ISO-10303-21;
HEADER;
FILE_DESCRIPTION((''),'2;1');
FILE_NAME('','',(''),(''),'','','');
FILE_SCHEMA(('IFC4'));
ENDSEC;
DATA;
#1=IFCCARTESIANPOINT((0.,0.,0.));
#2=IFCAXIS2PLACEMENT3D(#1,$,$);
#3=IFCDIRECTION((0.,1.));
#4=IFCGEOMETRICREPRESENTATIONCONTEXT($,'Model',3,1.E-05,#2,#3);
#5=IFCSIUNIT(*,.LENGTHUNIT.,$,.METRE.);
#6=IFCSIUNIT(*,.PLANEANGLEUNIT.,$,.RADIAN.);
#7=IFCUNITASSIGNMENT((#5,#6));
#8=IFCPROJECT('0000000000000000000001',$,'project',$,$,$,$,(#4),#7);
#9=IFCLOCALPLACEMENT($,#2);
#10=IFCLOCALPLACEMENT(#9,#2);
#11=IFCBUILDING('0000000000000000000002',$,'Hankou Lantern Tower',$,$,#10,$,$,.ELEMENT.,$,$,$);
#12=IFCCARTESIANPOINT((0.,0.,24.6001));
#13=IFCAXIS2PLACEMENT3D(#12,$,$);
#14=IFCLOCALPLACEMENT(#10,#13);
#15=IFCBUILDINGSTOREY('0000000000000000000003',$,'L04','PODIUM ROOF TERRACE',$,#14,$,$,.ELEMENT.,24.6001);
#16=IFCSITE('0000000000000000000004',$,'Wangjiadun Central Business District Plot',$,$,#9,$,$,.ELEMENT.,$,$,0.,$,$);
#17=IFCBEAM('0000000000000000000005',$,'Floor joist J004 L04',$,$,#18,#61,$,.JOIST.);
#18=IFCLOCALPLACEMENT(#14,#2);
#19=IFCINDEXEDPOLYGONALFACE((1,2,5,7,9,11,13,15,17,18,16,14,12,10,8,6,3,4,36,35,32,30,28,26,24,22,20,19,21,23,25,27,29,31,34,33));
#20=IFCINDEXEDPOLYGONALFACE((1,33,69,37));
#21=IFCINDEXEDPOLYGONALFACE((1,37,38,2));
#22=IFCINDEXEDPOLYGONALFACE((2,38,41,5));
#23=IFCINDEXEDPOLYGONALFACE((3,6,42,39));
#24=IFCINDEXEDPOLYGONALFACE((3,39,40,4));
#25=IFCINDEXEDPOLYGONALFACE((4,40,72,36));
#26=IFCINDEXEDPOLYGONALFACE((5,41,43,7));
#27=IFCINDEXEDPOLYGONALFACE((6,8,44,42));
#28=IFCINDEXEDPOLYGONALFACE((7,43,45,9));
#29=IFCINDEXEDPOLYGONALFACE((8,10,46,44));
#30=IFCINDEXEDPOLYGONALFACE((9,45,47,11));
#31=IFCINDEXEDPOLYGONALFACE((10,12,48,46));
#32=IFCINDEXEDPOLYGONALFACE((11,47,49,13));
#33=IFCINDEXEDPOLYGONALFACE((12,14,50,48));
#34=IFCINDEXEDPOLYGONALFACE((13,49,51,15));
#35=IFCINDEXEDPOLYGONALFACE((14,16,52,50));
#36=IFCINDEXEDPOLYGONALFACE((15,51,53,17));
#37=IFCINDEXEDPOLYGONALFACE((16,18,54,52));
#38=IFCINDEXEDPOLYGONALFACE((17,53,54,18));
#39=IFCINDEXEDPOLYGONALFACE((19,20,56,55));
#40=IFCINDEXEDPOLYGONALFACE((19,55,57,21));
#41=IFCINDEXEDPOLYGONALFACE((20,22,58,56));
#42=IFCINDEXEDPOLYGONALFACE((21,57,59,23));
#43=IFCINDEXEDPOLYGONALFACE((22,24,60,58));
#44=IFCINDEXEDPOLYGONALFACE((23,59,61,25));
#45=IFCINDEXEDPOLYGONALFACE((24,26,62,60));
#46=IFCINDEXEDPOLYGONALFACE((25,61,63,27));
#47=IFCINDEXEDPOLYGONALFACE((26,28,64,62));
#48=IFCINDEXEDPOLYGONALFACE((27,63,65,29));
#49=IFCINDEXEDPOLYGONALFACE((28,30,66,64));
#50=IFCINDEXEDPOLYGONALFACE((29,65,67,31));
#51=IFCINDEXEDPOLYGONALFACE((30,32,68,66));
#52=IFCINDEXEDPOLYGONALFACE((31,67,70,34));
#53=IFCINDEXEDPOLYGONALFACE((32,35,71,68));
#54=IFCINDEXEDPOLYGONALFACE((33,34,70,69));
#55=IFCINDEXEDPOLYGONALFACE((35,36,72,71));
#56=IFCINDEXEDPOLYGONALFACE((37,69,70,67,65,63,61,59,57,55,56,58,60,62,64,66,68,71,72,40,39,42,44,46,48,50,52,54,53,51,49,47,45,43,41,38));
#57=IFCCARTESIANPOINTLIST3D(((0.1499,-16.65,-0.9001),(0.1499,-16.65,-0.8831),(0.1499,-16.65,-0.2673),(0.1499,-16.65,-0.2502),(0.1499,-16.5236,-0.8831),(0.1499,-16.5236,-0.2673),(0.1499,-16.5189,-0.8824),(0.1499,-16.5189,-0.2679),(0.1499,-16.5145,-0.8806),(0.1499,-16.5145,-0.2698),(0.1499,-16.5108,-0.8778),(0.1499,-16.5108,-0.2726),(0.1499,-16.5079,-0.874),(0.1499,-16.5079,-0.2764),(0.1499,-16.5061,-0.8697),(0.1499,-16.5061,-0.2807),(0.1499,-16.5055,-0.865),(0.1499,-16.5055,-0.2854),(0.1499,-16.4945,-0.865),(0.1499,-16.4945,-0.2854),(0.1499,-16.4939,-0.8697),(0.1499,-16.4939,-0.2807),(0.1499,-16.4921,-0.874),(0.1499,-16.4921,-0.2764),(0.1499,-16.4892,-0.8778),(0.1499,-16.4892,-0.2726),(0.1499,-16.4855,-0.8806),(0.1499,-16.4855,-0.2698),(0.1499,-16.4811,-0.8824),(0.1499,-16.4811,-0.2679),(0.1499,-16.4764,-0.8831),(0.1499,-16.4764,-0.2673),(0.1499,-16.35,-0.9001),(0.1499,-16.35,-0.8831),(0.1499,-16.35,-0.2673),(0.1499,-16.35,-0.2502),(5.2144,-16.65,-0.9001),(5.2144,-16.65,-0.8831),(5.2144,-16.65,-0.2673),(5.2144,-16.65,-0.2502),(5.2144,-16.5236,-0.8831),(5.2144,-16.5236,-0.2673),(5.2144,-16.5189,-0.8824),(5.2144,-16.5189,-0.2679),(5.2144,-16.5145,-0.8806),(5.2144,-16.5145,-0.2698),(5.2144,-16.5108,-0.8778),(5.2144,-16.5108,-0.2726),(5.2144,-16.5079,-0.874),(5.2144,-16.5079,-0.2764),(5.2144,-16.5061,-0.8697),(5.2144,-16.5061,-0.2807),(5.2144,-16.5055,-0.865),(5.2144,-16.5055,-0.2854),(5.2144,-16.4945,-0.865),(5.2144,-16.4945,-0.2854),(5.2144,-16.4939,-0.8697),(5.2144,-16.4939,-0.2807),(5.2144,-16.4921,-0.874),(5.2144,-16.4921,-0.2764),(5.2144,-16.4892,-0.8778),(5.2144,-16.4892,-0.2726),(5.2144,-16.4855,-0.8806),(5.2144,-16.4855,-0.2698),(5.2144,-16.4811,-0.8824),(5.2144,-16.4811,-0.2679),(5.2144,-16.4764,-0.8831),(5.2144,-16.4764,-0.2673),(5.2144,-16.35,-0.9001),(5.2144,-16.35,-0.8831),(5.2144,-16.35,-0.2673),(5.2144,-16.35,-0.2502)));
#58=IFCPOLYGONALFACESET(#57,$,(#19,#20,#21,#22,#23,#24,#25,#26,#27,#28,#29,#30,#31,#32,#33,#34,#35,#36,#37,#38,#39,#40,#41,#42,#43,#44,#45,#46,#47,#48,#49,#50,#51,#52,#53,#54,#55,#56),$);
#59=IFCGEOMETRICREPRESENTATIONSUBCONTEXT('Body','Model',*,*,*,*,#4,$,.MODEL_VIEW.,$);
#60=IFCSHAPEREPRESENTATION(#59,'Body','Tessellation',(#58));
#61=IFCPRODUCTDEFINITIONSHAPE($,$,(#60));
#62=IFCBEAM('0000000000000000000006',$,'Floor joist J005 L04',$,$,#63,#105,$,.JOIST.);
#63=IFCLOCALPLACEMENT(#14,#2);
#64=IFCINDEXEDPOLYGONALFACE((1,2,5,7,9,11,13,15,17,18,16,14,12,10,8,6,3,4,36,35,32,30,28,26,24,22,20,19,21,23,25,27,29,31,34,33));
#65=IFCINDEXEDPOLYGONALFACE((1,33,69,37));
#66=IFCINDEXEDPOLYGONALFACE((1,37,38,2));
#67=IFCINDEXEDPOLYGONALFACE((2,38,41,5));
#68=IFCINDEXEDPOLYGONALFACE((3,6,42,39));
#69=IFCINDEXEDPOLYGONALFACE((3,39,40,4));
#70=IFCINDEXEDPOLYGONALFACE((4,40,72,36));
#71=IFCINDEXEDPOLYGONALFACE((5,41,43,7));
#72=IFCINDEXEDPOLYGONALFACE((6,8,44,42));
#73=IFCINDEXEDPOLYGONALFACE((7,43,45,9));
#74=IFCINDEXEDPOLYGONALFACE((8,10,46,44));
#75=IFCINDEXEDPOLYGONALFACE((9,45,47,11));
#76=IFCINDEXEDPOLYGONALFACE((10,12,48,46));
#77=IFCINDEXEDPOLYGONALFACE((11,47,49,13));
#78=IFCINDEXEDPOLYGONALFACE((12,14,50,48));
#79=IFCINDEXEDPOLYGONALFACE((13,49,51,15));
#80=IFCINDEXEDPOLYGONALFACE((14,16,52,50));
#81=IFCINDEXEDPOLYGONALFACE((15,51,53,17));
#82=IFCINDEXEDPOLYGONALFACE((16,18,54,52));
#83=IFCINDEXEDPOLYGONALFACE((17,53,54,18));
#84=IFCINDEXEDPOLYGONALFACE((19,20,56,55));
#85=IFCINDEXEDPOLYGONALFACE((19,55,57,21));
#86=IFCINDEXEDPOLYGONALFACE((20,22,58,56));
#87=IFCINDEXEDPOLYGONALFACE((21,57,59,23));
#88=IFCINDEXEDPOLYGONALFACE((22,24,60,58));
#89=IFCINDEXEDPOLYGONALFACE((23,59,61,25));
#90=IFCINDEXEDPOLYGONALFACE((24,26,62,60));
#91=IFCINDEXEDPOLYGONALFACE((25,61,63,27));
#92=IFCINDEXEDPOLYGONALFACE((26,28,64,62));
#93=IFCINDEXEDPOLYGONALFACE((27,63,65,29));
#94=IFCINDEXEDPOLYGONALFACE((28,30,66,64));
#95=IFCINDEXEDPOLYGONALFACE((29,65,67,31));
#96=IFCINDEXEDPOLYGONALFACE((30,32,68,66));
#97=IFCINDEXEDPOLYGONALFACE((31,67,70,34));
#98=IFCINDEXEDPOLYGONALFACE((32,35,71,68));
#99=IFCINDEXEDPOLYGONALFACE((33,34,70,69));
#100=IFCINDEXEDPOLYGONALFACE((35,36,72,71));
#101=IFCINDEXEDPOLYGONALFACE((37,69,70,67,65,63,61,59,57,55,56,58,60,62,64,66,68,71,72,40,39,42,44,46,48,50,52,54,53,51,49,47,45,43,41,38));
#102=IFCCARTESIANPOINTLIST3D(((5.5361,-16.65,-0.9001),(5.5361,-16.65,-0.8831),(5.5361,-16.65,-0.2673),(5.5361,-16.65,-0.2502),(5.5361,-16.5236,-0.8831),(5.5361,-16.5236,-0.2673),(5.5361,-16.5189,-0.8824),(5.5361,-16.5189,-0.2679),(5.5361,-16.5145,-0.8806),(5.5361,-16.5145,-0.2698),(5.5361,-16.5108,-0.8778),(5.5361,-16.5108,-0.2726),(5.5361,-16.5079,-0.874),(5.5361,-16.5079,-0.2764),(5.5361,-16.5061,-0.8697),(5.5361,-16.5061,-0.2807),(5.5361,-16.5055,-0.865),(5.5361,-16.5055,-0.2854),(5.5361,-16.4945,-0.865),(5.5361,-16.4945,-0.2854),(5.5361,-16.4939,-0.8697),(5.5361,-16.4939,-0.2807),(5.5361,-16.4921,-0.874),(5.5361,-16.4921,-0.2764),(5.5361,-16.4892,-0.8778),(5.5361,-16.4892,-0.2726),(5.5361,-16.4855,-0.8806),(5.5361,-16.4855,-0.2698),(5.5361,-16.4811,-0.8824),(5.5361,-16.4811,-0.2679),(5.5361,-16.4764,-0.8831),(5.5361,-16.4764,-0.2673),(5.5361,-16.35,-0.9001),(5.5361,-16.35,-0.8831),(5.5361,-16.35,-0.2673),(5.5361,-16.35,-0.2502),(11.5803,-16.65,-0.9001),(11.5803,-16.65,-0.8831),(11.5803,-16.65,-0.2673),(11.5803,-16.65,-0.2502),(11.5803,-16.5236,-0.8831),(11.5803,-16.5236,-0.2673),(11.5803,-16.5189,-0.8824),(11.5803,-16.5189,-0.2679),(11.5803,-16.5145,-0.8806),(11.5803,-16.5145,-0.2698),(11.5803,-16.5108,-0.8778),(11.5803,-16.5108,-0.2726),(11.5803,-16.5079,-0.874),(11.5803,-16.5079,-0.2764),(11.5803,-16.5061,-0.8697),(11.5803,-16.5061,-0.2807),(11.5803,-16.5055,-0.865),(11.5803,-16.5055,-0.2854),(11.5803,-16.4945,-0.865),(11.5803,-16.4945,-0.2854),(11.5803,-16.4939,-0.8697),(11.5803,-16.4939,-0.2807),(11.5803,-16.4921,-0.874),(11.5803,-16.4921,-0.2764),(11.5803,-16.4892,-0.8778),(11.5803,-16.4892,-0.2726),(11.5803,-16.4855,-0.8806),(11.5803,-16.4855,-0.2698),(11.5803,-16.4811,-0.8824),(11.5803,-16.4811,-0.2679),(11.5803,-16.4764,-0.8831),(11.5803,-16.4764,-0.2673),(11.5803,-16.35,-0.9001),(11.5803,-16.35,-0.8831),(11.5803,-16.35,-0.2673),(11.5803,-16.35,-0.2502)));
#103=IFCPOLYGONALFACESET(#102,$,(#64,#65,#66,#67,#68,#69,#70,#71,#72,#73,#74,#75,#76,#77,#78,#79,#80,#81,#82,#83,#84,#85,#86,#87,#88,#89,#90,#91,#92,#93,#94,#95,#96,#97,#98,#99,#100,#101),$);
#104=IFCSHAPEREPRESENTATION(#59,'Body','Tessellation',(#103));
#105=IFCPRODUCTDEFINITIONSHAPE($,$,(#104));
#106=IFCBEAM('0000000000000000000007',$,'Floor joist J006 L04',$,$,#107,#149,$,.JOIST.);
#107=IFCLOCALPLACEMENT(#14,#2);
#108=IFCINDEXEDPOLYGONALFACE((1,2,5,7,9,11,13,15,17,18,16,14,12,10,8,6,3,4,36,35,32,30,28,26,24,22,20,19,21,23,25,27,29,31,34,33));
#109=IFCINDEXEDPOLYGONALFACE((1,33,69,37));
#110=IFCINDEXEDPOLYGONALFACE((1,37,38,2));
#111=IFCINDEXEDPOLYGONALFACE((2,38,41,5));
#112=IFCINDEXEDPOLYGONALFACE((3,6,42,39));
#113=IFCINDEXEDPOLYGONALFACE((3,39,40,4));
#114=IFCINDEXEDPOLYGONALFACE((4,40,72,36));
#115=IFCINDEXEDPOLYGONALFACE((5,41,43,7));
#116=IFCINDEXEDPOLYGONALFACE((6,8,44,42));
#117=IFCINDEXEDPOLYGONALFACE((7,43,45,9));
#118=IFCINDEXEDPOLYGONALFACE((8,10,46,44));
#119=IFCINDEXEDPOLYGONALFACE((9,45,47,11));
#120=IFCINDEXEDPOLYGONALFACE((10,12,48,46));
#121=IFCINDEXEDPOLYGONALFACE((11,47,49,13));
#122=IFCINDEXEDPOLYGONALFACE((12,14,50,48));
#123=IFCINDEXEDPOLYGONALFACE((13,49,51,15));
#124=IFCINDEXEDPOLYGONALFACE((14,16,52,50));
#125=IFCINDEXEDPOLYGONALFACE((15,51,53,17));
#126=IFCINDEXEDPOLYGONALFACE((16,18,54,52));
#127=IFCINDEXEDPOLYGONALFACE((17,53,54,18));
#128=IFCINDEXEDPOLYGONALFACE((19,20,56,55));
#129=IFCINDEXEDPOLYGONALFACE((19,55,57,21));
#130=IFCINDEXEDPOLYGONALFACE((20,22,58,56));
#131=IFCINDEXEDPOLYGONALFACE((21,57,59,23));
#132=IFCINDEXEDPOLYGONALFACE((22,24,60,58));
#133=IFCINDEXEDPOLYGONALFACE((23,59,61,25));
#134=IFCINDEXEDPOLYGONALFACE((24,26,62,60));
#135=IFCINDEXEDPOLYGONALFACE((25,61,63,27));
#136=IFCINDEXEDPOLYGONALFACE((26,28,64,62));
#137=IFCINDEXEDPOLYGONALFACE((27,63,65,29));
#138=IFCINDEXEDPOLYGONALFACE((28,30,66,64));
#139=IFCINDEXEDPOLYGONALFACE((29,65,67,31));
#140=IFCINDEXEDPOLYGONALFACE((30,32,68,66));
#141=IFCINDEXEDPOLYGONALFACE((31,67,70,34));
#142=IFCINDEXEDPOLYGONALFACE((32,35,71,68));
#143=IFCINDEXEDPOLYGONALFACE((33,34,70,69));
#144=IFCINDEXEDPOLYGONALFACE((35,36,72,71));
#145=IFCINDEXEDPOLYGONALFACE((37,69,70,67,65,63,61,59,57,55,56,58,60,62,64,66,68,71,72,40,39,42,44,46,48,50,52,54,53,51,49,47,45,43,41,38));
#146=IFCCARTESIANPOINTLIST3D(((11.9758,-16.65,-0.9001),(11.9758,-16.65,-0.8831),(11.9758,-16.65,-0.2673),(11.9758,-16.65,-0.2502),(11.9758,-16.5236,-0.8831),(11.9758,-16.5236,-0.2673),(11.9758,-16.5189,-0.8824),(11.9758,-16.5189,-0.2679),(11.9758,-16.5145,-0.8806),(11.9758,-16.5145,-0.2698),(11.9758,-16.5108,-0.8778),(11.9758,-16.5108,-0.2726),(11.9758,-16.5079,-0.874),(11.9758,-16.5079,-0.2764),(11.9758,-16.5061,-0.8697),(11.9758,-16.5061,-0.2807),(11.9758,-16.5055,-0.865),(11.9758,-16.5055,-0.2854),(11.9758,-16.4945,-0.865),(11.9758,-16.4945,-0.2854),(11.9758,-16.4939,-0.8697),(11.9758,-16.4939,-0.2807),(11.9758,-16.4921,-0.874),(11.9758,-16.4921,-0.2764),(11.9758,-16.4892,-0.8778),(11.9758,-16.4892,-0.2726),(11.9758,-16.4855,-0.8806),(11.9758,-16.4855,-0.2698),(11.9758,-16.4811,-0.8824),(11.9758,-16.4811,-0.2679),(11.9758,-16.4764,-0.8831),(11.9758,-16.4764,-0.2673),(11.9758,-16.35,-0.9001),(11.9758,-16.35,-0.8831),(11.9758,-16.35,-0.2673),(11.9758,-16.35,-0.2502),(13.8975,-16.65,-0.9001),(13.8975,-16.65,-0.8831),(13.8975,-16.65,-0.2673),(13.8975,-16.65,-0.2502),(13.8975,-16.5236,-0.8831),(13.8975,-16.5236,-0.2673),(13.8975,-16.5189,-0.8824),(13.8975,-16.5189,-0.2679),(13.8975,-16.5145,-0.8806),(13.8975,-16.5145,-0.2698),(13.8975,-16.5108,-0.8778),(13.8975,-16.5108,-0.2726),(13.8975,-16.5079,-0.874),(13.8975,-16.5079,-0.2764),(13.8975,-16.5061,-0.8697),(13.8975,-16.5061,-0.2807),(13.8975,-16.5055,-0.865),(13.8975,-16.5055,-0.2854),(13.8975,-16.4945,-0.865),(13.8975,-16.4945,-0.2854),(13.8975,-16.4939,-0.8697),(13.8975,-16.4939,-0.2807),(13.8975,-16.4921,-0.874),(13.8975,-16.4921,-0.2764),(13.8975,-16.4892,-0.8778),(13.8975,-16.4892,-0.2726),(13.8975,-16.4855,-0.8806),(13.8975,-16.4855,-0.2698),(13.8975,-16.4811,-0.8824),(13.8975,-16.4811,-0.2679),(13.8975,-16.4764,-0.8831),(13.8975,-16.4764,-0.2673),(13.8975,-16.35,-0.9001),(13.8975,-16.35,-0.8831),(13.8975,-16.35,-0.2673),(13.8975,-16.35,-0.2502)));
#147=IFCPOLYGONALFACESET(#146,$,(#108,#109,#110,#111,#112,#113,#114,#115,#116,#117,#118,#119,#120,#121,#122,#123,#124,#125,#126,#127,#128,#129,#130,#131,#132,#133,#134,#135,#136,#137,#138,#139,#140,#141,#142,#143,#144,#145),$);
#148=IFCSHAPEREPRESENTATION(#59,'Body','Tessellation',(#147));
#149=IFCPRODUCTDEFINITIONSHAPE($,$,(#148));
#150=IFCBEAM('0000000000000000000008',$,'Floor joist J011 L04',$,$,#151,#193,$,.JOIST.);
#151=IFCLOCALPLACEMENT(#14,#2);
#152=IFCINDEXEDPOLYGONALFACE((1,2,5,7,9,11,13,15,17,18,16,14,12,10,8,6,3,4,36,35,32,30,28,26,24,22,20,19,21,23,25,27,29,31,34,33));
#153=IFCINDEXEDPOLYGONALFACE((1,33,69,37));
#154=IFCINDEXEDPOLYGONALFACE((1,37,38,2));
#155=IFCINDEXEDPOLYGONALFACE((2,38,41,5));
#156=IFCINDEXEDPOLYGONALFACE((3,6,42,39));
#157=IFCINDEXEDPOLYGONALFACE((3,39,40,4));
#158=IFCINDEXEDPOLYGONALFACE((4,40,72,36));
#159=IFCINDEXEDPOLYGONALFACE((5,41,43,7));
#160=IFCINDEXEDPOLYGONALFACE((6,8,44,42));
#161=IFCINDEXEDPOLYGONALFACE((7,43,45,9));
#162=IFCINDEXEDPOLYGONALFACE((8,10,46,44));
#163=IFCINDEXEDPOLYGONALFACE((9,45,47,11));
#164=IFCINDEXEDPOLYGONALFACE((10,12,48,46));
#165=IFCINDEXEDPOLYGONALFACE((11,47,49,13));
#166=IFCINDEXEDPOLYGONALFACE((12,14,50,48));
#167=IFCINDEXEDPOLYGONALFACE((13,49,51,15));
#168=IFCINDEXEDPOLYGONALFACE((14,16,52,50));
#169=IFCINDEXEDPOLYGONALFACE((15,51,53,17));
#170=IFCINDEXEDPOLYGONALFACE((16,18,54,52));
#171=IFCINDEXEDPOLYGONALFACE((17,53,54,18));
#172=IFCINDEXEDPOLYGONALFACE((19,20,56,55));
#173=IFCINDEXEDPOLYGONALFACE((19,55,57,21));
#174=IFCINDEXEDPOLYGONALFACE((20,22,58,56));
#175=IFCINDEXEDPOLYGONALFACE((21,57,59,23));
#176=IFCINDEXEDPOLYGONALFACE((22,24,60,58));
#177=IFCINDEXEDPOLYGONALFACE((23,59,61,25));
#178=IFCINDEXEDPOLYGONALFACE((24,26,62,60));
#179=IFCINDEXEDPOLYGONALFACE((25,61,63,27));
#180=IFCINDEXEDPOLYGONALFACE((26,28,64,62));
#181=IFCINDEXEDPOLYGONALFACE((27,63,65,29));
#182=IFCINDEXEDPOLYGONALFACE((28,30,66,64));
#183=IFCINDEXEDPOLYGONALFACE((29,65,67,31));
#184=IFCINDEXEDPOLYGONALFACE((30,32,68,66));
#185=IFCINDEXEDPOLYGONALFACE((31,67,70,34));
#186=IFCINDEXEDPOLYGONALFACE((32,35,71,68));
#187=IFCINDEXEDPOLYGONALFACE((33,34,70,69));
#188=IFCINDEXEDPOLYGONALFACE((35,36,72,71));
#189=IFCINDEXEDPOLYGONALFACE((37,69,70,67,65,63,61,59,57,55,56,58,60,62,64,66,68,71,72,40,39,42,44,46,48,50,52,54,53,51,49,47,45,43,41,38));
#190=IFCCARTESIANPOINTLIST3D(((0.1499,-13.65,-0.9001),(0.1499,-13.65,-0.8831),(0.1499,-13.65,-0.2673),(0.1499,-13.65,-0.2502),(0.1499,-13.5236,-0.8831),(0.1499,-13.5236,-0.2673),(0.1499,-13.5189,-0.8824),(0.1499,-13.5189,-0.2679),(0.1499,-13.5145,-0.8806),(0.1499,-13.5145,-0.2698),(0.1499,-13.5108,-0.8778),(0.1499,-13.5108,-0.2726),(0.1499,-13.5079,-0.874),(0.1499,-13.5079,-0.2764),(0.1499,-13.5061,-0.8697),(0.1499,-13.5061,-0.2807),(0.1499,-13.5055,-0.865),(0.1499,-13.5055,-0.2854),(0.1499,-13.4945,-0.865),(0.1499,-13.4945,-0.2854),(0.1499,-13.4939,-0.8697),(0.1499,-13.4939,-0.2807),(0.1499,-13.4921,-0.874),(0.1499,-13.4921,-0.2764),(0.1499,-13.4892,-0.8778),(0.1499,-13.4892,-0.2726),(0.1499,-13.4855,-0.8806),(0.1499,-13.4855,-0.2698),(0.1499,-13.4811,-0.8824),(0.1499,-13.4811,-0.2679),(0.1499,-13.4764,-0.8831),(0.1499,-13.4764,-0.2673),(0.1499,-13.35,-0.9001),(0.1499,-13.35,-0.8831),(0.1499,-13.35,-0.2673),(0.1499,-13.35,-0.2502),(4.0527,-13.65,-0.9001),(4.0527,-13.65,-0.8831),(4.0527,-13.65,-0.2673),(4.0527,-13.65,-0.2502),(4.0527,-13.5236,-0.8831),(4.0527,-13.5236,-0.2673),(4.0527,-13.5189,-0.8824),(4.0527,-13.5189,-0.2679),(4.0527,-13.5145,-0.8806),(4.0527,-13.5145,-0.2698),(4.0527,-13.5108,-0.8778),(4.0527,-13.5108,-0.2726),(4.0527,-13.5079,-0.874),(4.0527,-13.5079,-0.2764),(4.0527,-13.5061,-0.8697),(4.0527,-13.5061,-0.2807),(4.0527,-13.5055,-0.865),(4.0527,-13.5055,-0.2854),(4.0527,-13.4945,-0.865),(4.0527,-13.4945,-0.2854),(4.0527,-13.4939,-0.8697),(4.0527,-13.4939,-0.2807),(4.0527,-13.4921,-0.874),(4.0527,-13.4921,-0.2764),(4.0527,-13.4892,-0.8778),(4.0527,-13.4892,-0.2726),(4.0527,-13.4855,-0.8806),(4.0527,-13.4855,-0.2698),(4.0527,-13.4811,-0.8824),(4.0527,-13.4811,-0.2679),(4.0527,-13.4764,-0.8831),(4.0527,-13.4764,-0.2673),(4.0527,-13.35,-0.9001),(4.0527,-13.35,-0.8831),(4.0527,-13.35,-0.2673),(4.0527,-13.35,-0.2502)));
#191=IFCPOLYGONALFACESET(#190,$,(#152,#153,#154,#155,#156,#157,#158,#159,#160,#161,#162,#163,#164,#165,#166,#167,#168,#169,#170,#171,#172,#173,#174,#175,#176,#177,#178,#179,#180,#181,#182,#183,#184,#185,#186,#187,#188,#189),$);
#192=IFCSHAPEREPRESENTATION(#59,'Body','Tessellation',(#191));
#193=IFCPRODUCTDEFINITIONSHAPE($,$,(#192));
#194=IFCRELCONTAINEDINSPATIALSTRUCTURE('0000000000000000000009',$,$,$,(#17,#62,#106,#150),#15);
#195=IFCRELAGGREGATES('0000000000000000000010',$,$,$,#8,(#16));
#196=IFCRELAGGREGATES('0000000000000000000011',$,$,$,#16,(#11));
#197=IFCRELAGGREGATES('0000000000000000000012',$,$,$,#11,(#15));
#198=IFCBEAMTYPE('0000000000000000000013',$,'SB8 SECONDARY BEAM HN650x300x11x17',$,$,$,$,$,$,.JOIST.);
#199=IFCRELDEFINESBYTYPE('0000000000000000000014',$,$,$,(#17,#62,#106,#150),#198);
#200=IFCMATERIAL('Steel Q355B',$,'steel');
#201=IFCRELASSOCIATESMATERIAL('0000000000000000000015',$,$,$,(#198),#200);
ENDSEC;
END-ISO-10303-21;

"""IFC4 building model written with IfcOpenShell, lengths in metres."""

from ifc_helpers import new_model, si_unit, direction, frame, origin, origin_2d, place, context, subcontext, project, spatial, i_section, extrude, material, material_profile, profile_set, type_object, element, save


model = new_model("IFC4")

# Units and contexts
model_context = context("Model", 3, precision=1e-05, world=origin(), true_north=direction((0.0, 1.0)))
body_context = subcontext(model_context, "Body", "Model", "MODEL_VIEW")
ifc_project = project(units=[si_unit("LENGTHUNIT", "METRE"), si_unit("PLANEANGLEUNIT", "RADIAN")], contexts=[model_context])

# Site, building, storey
site_placement = place(None, origin())
site = spatial("IfcSite", under=ifc_project, at=site_placement, Name="Wangjiadun Central Business District Plot", CompositionType="ELEMENT", RefElevation=0.0)
building_placement = place(site_placement, origin())
building = spatial("IfcBuilding", under=site, at=building_placement, Name="Hankou Lantern Tower", CompositionType="ELEMENT")
storey_placement = place(building_placement, frame((0.0, 0.0, 24.6001)))
storey = spatial("IfcBuildingStorey", under=building, at=storey_placement, Name="L04", Description="PODIUM ROOF TERRACE", CompositionType="ELEMENT", Elevation=24.6001)

# Beams
ifc_material_1 = material(Name="Steel Q355B", Category="steel")
ifc_material_profile_1 = material_profile(ifc_material_1, i_section(OverallWidth=0.3, OverallDepth=0.6499, WebThickness=0.011, FlangeThickness=0.0171, FilletRadius=0.0181, at=origin_2d()), Name="HN650x300x11x17")
ifc_profile_set_1 = profile_set([ifc_material_profile_1], Name="Steel Q355B")
beam_type_1 = type_object("IfcBeamType", Name="SB8 SECONDARY BEAM HN650x300x11x17", PredefinedType="JOIST", material=ifc_profile_set_1)
beam_1_placement = place(storey_placement, frame((0.1499, -16.5, -0.5752), z_axis=(1.0, 0.0, 0.0), x_axis=(0.0, 1.0, 0.0)))
element("IfcBeam", 1, at=beam_1_placement, inside=storey, type_object=beam_type_1, Name="Floor joist J004 L04", PredefinedType="JOIST", context=body_context, shape_type="SweptSolid", body=[
    extrude(i_section(OverallWidth=0.3, OverallDepth=0.6499, WebThickness=0.011, FlangeThickness=0.0171, FilletRadius=0.0181, at=origin_2d()), origin(), (0.0, 0.0, 1.0), 5.0645),
])
beam_2_placement = place(storey_placement, frame((5.5361, -16.5, -0.5752), z_axis=(1.0, 0.0, 0.0), x_axis=(0.0, 1.0, 0.0)))
element("IfcBeam", 2, at=beam_2_placement, inside=storey, type_object=beam_type_1, Name="Floor joist J005 L04", PredefinedType="JOIST", context=body_context, shape_type="SweptSolid", body=[
    extrude(i_section(OverallWidth=0.3, OverallDepth=0.6499, WebThickness=0.011, FlangeThickness=0.0171, FilletRadius=0.0181, at=origin_2d()), origin(), (0.0, 0.0, 1.0), 6.0442),
])
beam_3_placement = place(storey_placement, frame((11.9758, -16.5, -0.5752), z_axis=(1.0, 0.0, 0.0), x_axis=(0.0, 1.0, 0.0)))
element("IfcBeam", 3, at=beam_3_placement, inside=storey, type_object=beam_type_1, Name="Floor joist J006 L04", PredefinedType="JOIST", context=body_context, shape_type="SweptSolid", body=[
    extrude(i_section(OverallWidth=0.3, OverallDepth=0.6499, WebThickness=0.011, FlangeThickness=0.0171, FilletRadius=0.0181, at=origin_2d()), origin(), (0.0, 0.0, 1.0), 1.9216),
])
beam_4_placement = place(storey_placement, frame((0.1499, -13.5, -0.5752), z_axis=(1.0, 0.0, 0.0), x_axis=(0.0, 1.0, 0.0)))
element("IfcBeam", 4, at=beam_4_placement, inside=storey, type_object=beam_type_1, Name="Floor joist J011 L04", PredefinedType="JOIST", context=body_context, shape_type="SweptSolid", body=[
    extrude(i_section(OverallWidth=0.3, OverallDepth=0.6499, WebThickness=0.011, FlangeThickness=0.0171, FilletRadius=0.0181, at=origin_2d()), origin(), (0.0, 0.0, 1.0), 3.9028),
])

save(model, "model.ifc")
